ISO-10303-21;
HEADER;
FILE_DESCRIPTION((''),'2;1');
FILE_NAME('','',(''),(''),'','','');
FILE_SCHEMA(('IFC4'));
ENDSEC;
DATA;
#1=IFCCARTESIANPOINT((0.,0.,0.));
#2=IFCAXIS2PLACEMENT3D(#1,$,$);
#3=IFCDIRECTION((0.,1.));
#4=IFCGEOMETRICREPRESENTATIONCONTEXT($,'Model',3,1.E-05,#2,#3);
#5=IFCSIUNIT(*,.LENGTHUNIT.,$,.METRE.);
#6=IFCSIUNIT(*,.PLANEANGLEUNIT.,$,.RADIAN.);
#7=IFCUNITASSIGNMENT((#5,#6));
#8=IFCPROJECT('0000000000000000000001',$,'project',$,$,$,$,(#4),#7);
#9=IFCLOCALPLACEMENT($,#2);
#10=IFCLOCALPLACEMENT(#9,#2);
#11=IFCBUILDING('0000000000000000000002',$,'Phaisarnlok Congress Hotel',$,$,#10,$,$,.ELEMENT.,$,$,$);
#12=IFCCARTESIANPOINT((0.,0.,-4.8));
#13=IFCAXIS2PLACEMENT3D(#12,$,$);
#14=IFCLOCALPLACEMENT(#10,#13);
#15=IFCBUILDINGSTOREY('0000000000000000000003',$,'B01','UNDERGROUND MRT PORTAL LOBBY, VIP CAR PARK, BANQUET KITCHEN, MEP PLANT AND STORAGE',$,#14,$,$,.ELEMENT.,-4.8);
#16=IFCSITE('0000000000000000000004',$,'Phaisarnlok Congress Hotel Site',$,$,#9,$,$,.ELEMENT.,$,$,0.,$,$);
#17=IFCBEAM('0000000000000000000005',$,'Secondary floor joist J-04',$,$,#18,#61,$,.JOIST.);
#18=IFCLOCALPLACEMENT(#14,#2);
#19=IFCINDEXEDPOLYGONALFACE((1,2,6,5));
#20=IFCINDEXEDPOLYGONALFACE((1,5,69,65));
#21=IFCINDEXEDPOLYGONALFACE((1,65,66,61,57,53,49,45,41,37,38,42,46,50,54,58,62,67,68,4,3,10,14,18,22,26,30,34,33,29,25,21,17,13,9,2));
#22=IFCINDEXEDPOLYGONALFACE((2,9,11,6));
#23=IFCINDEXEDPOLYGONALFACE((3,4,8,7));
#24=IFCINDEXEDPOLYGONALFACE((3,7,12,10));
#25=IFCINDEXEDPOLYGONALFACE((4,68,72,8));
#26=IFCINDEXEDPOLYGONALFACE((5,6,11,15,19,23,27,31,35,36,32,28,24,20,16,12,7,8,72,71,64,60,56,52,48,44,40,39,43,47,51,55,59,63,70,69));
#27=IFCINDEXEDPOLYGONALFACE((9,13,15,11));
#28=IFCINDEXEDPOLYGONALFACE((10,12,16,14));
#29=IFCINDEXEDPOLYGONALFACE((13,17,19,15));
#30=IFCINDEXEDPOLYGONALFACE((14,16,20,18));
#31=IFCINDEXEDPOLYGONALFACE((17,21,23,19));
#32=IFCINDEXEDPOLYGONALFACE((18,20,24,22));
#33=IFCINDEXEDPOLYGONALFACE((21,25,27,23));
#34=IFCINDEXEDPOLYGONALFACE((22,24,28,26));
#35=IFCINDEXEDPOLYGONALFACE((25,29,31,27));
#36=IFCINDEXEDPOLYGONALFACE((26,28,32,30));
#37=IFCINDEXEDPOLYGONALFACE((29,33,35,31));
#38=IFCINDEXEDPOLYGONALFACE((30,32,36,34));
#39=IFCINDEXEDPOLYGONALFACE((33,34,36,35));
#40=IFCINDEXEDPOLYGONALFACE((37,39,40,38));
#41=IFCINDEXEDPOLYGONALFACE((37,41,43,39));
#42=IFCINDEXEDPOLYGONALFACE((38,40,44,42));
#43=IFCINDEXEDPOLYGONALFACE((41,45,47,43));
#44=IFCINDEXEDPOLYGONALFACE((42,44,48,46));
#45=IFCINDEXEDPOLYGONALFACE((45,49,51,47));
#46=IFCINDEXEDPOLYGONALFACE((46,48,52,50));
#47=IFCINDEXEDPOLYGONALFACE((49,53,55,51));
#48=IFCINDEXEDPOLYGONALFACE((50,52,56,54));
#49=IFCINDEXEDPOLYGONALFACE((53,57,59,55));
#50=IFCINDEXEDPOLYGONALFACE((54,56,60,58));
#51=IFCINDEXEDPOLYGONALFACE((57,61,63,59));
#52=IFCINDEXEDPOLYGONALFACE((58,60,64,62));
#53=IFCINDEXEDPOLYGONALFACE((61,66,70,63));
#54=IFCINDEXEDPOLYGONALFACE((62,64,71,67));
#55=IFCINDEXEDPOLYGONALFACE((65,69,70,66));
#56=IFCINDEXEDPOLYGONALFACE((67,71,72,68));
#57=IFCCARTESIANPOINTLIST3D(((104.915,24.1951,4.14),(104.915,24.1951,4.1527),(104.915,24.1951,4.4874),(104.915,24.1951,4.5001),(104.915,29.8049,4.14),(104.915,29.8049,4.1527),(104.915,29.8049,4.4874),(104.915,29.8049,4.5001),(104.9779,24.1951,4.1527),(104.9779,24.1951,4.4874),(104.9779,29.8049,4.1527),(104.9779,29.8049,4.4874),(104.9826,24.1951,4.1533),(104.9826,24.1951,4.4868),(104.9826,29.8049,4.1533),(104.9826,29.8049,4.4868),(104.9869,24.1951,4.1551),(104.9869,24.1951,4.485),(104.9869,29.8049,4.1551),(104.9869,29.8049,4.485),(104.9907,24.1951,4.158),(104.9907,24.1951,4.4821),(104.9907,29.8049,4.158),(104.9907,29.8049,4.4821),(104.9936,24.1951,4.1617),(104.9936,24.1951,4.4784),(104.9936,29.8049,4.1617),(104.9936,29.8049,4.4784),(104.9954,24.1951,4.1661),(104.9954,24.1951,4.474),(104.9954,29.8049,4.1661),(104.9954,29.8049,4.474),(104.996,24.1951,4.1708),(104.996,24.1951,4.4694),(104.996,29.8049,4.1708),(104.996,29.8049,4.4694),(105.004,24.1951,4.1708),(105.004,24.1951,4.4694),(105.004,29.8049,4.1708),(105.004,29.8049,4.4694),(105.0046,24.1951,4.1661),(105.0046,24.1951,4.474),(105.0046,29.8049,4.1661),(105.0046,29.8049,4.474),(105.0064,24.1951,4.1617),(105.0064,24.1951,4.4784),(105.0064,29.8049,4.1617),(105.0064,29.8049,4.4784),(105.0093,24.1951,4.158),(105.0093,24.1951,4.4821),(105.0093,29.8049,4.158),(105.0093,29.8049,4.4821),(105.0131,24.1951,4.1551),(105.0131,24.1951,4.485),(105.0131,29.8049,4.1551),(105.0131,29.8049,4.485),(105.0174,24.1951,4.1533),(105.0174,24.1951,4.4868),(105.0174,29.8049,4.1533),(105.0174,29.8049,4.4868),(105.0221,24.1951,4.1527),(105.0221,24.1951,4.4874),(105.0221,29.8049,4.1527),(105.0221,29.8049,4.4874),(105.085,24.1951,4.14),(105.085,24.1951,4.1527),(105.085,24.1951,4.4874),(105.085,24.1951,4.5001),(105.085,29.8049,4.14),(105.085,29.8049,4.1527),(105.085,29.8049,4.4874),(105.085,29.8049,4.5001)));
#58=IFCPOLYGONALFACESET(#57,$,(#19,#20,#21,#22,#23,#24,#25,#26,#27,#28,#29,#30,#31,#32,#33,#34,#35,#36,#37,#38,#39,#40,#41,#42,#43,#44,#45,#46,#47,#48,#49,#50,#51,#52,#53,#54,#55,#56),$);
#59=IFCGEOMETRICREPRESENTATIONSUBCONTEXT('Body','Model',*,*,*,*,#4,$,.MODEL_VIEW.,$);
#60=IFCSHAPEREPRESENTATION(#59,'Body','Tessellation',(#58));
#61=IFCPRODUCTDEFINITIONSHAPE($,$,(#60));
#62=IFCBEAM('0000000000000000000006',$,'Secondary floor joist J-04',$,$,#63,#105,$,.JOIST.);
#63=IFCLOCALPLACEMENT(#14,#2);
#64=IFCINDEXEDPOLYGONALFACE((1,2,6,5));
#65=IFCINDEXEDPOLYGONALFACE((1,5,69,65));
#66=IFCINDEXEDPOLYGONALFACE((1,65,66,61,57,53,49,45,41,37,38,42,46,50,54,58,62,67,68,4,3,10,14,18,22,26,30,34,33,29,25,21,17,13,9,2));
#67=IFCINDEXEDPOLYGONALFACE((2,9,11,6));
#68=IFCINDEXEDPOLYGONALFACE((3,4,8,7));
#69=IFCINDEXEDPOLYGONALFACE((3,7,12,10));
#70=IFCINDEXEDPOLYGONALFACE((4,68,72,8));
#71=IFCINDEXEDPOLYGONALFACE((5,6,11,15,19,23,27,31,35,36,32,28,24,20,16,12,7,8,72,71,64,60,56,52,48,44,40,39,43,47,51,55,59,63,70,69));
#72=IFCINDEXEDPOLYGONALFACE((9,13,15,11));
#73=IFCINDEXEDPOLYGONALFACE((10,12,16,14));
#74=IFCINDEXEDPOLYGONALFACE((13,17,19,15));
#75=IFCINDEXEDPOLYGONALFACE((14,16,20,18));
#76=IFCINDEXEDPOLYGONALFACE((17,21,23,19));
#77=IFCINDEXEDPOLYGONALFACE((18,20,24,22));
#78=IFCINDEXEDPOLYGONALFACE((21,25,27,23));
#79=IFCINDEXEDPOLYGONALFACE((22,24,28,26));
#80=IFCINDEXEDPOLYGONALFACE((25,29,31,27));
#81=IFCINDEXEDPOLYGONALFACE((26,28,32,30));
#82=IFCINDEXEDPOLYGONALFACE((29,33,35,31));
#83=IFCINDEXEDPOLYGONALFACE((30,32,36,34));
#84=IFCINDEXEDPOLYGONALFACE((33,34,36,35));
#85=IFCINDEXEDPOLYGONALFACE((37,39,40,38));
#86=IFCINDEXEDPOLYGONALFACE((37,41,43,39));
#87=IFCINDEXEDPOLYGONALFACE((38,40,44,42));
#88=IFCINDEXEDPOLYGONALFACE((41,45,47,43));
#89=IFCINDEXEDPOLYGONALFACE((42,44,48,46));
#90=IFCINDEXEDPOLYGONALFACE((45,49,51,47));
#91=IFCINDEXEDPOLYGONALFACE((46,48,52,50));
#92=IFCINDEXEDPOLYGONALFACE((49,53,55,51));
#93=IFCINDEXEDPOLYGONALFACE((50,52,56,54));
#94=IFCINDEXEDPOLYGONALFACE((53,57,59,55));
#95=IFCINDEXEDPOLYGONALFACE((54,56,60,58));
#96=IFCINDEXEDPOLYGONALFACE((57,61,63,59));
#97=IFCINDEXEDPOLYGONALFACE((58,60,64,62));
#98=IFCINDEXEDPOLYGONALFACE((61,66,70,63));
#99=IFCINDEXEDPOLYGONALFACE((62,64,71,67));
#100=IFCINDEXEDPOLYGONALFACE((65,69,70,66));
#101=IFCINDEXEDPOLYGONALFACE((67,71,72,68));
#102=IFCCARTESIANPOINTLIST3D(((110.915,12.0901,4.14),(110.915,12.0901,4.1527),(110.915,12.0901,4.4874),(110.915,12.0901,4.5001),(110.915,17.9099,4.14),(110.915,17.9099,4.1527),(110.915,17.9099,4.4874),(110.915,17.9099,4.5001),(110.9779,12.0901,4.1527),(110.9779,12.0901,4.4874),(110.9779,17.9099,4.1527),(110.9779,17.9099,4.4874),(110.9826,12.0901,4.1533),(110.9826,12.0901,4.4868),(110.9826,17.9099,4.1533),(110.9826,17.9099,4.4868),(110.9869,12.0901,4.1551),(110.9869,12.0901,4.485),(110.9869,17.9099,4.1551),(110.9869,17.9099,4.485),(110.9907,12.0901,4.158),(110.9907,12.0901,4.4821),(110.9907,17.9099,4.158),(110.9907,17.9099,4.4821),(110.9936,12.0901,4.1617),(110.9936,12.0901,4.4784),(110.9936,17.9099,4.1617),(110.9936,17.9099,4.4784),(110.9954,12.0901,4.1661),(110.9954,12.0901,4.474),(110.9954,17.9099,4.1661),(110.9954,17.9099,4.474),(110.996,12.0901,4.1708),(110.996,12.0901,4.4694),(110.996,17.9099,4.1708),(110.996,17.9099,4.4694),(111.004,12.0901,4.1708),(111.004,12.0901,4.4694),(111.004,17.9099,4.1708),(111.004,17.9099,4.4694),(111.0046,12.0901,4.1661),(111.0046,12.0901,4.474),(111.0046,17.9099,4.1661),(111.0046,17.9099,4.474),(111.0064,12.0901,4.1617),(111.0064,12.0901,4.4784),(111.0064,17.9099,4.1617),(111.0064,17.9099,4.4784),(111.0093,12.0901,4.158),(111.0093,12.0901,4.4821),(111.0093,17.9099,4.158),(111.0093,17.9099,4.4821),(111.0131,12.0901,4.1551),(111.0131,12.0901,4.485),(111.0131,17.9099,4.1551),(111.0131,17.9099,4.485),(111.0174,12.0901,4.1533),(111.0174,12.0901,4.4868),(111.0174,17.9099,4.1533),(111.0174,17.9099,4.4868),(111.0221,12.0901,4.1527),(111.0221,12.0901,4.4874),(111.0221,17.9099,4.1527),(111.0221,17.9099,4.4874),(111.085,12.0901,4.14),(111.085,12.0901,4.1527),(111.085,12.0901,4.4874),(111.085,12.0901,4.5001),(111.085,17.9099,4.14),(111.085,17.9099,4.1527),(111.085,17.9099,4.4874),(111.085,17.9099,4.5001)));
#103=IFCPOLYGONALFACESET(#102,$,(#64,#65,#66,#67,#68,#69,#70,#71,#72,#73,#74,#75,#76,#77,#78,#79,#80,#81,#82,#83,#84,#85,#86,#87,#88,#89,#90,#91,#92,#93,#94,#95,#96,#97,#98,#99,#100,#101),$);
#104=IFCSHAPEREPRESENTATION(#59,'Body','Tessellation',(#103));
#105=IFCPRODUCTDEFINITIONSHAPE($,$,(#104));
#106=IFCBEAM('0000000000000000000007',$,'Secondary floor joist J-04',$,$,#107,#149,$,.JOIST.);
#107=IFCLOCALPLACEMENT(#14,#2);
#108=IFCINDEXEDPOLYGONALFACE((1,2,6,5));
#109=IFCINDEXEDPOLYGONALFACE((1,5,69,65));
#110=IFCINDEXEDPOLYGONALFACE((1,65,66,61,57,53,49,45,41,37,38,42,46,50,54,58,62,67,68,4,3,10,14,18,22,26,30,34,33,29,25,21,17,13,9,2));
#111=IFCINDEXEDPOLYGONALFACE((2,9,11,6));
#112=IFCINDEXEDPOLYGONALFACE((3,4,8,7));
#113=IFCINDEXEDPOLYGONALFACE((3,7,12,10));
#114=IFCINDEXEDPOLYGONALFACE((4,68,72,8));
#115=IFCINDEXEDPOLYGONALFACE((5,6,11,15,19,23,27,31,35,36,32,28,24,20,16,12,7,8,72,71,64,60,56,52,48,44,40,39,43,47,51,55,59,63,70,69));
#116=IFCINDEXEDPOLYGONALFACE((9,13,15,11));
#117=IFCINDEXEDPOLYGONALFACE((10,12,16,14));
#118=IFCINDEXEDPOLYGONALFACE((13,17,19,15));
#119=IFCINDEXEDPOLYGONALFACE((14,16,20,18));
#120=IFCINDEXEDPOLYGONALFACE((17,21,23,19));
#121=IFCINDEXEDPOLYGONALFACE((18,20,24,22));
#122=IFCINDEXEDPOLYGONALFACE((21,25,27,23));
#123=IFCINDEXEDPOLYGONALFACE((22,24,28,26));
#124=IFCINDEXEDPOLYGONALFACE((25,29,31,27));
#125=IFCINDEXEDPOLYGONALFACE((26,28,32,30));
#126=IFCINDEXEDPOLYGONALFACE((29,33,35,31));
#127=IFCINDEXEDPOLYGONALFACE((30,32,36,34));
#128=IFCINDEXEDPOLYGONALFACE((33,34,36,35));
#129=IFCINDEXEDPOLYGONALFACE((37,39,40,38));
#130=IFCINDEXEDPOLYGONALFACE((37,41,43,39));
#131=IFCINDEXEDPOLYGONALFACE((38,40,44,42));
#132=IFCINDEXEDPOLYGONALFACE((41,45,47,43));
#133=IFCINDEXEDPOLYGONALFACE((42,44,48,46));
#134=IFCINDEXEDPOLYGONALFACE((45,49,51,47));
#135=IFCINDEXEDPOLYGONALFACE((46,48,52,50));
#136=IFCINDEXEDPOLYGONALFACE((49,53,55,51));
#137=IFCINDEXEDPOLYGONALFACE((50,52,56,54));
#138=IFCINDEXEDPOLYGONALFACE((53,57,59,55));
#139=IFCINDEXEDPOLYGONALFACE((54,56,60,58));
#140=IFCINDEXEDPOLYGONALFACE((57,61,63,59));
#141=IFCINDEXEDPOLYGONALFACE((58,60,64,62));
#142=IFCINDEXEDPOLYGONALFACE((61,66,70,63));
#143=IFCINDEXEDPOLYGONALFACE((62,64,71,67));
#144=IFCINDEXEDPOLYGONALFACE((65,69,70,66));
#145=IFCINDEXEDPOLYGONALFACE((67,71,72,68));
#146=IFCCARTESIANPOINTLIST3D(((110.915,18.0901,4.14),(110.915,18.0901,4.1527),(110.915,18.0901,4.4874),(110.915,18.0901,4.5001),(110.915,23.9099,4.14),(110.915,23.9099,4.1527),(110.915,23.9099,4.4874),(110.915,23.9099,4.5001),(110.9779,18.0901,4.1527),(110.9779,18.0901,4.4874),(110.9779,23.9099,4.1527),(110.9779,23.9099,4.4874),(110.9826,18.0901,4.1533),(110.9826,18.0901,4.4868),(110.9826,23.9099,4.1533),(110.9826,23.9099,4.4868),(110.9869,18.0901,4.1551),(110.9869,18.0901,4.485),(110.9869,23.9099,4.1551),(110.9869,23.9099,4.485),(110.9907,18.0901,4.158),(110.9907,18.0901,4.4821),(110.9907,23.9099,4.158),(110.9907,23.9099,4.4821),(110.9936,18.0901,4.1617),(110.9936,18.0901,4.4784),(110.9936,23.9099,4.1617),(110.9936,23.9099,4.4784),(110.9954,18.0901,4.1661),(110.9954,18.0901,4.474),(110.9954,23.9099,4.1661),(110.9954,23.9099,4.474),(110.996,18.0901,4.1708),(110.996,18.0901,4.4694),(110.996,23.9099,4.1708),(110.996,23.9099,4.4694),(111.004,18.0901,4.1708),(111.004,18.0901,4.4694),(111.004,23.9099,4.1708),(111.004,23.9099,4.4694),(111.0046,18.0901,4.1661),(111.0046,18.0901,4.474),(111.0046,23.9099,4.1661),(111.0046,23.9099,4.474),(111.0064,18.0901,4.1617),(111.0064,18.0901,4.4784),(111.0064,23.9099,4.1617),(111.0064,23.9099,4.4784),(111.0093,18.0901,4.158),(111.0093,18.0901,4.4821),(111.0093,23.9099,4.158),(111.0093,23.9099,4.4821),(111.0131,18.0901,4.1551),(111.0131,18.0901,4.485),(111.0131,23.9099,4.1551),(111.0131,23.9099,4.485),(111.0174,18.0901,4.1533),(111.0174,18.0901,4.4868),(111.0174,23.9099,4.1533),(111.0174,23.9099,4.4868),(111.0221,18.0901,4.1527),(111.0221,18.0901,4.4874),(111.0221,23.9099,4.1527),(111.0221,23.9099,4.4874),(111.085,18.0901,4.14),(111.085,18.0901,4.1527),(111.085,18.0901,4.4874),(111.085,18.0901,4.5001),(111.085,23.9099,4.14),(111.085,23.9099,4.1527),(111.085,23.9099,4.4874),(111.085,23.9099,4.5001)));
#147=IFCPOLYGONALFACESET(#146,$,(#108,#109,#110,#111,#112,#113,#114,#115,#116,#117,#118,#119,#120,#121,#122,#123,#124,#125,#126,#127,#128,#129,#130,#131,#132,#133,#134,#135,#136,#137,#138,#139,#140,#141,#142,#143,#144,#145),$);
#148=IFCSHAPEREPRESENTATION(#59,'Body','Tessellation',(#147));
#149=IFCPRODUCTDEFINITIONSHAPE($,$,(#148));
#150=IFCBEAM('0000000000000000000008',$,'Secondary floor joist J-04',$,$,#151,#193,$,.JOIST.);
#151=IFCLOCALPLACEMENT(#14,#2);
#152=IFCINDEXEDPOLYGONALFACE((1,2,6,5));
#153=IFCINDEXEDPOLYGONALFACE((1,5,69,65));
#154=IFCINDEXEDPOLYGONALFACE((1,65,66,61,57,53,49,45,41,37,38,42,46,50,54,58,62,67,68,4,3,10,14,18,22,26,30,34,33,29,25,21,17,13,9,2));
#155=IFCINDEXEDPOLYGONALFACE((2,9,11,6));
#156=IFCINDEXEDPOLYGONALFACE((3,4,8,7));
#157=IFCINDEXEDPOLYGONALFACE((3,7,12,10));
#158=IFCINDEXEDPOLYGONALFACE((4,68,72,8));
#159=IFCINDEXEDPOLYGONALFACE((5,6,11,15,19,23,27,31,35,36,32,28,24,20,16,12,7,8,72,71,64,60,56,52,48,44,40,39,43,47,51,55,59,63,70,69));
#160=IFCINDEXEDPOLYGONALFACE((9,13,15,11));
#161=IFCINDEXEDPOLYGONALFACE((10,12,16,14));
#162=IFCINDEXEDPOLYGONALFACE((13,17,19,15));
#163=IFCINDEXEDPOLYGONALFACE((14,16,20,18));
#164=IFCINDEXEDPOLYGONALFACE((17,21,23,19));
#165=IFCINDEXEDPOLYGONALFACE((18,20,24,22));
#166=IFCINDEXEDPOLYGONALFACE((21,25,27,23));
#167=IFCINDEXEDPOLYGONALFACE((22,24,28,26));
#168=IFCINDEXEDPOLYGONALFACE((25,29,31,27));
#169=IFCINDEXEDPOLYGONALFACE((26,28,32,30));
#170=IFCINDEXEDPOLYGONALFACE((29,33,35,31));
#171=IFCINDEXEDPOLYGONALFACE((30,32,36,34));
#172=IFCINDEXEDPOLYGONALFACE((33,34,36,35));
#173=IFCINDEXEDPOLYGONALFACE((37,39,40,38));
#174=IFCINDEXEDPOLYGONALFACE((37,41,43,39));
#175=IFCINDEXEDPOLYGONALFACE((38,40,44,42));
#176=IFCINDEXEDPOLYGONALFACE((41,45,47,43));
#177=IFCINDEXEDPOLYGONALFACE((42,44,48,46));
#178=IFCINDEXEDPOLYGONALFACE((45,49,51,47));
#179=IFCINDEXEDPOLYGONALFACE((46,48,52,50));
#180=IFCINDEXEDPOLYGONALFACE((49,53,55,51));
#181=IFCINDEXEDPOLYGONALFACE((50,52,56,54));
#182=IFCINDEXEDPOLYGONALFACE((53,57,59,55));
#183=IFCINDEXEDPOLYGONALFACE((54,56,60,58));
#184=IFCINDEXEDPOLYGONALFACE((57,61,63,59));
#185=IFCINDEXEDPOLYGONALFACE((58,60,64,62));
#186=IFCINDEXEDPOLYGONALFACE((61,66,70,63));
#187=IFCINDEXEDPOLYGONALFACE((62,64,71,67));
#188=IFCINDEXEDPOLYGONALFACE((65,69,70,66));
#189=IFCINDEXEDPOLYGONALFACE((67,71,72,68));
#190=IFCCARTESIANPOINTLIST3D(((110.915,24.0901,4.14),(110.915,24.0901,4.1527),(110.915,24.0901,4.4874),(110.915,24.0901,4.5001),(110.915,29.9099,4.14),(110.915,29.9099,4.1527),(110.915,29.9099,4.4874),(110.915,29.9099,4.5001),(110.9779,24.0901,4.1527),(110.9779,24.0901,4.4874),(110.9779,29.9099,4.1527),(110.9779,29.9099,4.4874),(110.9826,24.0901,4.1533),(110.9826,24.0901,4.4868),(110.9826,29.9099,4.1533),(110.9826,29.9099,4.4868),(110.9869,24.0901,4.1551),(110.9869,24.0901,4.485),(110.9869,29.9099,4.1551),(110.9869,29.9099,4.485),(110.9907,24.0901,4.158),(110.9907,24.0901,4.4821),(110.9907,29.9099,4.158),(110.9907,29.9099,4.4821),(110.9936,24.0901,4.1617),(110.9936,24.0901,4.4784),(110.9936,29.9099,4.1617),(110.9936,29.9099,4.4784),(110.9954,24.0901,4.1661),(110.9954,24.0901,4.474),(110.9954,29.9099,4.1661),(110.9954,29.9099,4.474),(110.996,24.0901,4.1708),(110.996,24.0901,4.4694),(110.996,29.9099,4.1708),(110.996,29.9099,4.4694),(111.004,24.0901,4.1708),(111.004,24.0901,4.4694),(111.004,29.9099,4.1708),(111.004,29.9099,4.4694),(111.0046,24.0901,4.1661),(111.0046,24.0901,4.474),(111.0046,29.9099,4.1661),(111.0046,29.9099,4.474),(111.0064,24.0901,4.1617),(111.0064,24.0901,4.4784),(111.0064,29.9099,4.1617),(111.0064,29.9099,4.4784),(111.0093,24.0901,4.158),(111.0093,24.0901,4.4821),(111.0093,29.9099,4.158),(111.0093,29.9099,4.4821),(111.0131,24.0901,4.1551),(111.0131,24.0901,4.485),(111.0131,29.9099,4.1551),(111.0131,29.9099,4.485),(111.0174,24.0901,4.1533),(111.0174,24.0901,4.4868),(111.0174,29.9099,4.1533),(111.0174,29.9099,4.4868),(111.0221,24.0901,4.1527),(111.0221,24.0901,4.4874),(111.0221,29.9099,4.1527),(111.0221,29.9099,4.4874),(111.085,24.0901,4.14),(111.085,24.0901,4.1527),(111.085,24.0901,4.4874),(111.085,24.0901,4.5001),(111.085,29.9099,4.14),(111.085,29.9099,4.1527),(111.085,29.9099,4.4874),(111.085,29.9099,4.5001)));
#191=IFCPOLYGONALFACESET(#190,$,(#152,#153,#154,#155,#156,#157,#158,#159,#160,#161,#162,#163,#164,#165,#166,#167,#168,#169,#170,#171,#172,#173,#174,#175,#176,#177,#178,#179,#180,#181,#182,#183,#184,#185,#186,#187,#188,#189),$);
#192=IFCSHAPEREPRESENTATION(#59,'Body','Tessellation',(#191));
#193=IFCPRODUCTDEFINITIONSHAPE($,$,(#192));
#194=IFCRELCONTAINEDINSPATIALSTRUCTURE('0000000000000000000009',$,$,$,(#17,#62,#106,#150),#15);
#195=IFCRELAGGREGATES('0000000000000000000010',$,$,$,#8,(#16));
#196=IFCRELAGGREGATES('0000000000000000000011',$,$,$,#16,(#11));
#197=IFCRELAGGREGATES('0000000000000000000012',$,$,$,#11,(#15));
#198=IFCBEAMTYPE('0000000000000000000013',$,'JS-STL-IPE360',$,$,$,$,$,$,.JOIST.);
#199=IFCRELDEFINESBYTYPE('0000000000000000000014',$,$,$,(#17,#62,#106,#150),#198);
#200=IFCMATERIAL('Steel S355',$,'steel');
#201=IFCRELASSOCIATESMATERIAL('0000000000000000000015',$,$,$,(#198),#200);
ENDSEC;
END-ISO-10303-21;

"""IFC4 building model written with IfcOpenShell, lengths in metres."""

from ifc_helpers import new_model, si_unit, direction, frame, origin, origin_2d, place, context, subcontext, project, spatial, i_section, extrude, material, material_profile, profile_set, type_object, element, save


model = new_model("IFC4")

# Units and contexts
model_context = context("Model", 3, precision=1e-05, world=origin(), true_north=direction((0.0, 1.0)))
body_context = subcontext(model_context, "Body", "Model", "MODEL_VIEW")
ifc_project = project(units=[si_unit("LENGTHUNIT", "METRE"), si_unit("PLANEANGLEUNIT", "RADIAN")], contexts=[model_context])

# Site, building, storey
site_placement = place(None, origin())
site = spatial("IfcSite", under=ifc_project, at=site_placement, Name="Phaisarnlok Congress Hotel Site", CompositionType="ELEMENT", RefElevation=0.0)
building_placement = place(site_placement, origin())
building = spatial("IfcBuilding", under=site, at=building_placement, Name="Phaisarnlok Congress Hotel", CompositionType="ELEMENT")
storey_placement = place(building_placement, frame((0.0, 0.0, -4.8)))
storey = spatial("IfcBuildingStorey", under=building, at=storey_placement, Name="B01", Description="UNDERGROUND MRT PORTAL LOBBY, VIP CAR PARK, BANQUET KITCHEN, MEP PLANT AND STORAGE", CompositionType="ELEMENT", Elevation=-4.8)

# Beams
ifc_material_1 = material(Name="Steel S355", Category="steel")
ifc_material_profile_1 = material_profile(ifc_material_1, i_section(OverallWidth=0.1699, OverallDepth=0.3601, WebThickness=0.0081, FlangeThickness=0.0127, FilletRadius=0.0181, at=origin_2d()), Name="IPE 360")
ifc_profile_set_1 = profile_set([ifc_material_profile_1], Name="Steel S355")
beam_type_1 = type_object("IfcBeamType", Name="JS-STL-IPE360", PredefinedType="JOIST", material=ifc_profile_set_1)
for number, where, z_axis, x_axis, name in (
    (1, (105.0, 24.1951, 4.3201), (0.0, 1.0, 0.0), (-1.0, 0.0, 0.0), "Secondary floor joist J-04"),
):
    element("IfcBeam", number, at=place(storey_placement, frame(where, z_axis=z_axis, x_axis=x_axis)), inside=storey, type_object=beam_type_1, Name=name, PredefinedType="JOIST", context=body_context, shape_type="SweptSolid", body=[
        extrude(i_section(OverallWidth=0.1699, OverallDepth=0.3601, WebThickness=0.0081, FlangeThickness=0.0127, FilletRadius=0.0181, at=origin_2d()), origin(), (0.0, 0.0, 1.0), 5.6099),
    ])
for number, where, z_axis, x_axis, name in (
    (2, (111.0, 12.0901, 4.3201), (0.0, 1.0, 0.0), (-1.0, 0.0, 0.0), "Secondary floor joist J-04"),
    (3, (111.0, 18.0901, 4.3201), (0.0, 1.0, 0.0), (-1.0, 0.0, 0.0), "Secondary floor joist J-04"),
    (4, (111.0, 24.0901, 4.3201), (0.0, 1.0, 0.0), (-1.0, 0.0, 0.0), "Secondary floor joist J-04"),
):
    element("IfcBeam", number, at=place(storey_placement, frame(where, z_axis=z_axis, x_axis=x_axis)), inside=storey, type_object=beam_type_1, Name=name, PredefinedType="JOIST", context=body_context, shape_type="SweptSolid", body=[
        extrude(i_section(OverallWidth=0.1699, OverallDepth=0.3601, WebThickness=0.0081, FlangeThickness=0.0127, FilletRadius=0.0181, at=origin_2d()), origin(), (0.0, 0.0, 1.0), 5.8198),
    ])

save(model, "model.ifc")
